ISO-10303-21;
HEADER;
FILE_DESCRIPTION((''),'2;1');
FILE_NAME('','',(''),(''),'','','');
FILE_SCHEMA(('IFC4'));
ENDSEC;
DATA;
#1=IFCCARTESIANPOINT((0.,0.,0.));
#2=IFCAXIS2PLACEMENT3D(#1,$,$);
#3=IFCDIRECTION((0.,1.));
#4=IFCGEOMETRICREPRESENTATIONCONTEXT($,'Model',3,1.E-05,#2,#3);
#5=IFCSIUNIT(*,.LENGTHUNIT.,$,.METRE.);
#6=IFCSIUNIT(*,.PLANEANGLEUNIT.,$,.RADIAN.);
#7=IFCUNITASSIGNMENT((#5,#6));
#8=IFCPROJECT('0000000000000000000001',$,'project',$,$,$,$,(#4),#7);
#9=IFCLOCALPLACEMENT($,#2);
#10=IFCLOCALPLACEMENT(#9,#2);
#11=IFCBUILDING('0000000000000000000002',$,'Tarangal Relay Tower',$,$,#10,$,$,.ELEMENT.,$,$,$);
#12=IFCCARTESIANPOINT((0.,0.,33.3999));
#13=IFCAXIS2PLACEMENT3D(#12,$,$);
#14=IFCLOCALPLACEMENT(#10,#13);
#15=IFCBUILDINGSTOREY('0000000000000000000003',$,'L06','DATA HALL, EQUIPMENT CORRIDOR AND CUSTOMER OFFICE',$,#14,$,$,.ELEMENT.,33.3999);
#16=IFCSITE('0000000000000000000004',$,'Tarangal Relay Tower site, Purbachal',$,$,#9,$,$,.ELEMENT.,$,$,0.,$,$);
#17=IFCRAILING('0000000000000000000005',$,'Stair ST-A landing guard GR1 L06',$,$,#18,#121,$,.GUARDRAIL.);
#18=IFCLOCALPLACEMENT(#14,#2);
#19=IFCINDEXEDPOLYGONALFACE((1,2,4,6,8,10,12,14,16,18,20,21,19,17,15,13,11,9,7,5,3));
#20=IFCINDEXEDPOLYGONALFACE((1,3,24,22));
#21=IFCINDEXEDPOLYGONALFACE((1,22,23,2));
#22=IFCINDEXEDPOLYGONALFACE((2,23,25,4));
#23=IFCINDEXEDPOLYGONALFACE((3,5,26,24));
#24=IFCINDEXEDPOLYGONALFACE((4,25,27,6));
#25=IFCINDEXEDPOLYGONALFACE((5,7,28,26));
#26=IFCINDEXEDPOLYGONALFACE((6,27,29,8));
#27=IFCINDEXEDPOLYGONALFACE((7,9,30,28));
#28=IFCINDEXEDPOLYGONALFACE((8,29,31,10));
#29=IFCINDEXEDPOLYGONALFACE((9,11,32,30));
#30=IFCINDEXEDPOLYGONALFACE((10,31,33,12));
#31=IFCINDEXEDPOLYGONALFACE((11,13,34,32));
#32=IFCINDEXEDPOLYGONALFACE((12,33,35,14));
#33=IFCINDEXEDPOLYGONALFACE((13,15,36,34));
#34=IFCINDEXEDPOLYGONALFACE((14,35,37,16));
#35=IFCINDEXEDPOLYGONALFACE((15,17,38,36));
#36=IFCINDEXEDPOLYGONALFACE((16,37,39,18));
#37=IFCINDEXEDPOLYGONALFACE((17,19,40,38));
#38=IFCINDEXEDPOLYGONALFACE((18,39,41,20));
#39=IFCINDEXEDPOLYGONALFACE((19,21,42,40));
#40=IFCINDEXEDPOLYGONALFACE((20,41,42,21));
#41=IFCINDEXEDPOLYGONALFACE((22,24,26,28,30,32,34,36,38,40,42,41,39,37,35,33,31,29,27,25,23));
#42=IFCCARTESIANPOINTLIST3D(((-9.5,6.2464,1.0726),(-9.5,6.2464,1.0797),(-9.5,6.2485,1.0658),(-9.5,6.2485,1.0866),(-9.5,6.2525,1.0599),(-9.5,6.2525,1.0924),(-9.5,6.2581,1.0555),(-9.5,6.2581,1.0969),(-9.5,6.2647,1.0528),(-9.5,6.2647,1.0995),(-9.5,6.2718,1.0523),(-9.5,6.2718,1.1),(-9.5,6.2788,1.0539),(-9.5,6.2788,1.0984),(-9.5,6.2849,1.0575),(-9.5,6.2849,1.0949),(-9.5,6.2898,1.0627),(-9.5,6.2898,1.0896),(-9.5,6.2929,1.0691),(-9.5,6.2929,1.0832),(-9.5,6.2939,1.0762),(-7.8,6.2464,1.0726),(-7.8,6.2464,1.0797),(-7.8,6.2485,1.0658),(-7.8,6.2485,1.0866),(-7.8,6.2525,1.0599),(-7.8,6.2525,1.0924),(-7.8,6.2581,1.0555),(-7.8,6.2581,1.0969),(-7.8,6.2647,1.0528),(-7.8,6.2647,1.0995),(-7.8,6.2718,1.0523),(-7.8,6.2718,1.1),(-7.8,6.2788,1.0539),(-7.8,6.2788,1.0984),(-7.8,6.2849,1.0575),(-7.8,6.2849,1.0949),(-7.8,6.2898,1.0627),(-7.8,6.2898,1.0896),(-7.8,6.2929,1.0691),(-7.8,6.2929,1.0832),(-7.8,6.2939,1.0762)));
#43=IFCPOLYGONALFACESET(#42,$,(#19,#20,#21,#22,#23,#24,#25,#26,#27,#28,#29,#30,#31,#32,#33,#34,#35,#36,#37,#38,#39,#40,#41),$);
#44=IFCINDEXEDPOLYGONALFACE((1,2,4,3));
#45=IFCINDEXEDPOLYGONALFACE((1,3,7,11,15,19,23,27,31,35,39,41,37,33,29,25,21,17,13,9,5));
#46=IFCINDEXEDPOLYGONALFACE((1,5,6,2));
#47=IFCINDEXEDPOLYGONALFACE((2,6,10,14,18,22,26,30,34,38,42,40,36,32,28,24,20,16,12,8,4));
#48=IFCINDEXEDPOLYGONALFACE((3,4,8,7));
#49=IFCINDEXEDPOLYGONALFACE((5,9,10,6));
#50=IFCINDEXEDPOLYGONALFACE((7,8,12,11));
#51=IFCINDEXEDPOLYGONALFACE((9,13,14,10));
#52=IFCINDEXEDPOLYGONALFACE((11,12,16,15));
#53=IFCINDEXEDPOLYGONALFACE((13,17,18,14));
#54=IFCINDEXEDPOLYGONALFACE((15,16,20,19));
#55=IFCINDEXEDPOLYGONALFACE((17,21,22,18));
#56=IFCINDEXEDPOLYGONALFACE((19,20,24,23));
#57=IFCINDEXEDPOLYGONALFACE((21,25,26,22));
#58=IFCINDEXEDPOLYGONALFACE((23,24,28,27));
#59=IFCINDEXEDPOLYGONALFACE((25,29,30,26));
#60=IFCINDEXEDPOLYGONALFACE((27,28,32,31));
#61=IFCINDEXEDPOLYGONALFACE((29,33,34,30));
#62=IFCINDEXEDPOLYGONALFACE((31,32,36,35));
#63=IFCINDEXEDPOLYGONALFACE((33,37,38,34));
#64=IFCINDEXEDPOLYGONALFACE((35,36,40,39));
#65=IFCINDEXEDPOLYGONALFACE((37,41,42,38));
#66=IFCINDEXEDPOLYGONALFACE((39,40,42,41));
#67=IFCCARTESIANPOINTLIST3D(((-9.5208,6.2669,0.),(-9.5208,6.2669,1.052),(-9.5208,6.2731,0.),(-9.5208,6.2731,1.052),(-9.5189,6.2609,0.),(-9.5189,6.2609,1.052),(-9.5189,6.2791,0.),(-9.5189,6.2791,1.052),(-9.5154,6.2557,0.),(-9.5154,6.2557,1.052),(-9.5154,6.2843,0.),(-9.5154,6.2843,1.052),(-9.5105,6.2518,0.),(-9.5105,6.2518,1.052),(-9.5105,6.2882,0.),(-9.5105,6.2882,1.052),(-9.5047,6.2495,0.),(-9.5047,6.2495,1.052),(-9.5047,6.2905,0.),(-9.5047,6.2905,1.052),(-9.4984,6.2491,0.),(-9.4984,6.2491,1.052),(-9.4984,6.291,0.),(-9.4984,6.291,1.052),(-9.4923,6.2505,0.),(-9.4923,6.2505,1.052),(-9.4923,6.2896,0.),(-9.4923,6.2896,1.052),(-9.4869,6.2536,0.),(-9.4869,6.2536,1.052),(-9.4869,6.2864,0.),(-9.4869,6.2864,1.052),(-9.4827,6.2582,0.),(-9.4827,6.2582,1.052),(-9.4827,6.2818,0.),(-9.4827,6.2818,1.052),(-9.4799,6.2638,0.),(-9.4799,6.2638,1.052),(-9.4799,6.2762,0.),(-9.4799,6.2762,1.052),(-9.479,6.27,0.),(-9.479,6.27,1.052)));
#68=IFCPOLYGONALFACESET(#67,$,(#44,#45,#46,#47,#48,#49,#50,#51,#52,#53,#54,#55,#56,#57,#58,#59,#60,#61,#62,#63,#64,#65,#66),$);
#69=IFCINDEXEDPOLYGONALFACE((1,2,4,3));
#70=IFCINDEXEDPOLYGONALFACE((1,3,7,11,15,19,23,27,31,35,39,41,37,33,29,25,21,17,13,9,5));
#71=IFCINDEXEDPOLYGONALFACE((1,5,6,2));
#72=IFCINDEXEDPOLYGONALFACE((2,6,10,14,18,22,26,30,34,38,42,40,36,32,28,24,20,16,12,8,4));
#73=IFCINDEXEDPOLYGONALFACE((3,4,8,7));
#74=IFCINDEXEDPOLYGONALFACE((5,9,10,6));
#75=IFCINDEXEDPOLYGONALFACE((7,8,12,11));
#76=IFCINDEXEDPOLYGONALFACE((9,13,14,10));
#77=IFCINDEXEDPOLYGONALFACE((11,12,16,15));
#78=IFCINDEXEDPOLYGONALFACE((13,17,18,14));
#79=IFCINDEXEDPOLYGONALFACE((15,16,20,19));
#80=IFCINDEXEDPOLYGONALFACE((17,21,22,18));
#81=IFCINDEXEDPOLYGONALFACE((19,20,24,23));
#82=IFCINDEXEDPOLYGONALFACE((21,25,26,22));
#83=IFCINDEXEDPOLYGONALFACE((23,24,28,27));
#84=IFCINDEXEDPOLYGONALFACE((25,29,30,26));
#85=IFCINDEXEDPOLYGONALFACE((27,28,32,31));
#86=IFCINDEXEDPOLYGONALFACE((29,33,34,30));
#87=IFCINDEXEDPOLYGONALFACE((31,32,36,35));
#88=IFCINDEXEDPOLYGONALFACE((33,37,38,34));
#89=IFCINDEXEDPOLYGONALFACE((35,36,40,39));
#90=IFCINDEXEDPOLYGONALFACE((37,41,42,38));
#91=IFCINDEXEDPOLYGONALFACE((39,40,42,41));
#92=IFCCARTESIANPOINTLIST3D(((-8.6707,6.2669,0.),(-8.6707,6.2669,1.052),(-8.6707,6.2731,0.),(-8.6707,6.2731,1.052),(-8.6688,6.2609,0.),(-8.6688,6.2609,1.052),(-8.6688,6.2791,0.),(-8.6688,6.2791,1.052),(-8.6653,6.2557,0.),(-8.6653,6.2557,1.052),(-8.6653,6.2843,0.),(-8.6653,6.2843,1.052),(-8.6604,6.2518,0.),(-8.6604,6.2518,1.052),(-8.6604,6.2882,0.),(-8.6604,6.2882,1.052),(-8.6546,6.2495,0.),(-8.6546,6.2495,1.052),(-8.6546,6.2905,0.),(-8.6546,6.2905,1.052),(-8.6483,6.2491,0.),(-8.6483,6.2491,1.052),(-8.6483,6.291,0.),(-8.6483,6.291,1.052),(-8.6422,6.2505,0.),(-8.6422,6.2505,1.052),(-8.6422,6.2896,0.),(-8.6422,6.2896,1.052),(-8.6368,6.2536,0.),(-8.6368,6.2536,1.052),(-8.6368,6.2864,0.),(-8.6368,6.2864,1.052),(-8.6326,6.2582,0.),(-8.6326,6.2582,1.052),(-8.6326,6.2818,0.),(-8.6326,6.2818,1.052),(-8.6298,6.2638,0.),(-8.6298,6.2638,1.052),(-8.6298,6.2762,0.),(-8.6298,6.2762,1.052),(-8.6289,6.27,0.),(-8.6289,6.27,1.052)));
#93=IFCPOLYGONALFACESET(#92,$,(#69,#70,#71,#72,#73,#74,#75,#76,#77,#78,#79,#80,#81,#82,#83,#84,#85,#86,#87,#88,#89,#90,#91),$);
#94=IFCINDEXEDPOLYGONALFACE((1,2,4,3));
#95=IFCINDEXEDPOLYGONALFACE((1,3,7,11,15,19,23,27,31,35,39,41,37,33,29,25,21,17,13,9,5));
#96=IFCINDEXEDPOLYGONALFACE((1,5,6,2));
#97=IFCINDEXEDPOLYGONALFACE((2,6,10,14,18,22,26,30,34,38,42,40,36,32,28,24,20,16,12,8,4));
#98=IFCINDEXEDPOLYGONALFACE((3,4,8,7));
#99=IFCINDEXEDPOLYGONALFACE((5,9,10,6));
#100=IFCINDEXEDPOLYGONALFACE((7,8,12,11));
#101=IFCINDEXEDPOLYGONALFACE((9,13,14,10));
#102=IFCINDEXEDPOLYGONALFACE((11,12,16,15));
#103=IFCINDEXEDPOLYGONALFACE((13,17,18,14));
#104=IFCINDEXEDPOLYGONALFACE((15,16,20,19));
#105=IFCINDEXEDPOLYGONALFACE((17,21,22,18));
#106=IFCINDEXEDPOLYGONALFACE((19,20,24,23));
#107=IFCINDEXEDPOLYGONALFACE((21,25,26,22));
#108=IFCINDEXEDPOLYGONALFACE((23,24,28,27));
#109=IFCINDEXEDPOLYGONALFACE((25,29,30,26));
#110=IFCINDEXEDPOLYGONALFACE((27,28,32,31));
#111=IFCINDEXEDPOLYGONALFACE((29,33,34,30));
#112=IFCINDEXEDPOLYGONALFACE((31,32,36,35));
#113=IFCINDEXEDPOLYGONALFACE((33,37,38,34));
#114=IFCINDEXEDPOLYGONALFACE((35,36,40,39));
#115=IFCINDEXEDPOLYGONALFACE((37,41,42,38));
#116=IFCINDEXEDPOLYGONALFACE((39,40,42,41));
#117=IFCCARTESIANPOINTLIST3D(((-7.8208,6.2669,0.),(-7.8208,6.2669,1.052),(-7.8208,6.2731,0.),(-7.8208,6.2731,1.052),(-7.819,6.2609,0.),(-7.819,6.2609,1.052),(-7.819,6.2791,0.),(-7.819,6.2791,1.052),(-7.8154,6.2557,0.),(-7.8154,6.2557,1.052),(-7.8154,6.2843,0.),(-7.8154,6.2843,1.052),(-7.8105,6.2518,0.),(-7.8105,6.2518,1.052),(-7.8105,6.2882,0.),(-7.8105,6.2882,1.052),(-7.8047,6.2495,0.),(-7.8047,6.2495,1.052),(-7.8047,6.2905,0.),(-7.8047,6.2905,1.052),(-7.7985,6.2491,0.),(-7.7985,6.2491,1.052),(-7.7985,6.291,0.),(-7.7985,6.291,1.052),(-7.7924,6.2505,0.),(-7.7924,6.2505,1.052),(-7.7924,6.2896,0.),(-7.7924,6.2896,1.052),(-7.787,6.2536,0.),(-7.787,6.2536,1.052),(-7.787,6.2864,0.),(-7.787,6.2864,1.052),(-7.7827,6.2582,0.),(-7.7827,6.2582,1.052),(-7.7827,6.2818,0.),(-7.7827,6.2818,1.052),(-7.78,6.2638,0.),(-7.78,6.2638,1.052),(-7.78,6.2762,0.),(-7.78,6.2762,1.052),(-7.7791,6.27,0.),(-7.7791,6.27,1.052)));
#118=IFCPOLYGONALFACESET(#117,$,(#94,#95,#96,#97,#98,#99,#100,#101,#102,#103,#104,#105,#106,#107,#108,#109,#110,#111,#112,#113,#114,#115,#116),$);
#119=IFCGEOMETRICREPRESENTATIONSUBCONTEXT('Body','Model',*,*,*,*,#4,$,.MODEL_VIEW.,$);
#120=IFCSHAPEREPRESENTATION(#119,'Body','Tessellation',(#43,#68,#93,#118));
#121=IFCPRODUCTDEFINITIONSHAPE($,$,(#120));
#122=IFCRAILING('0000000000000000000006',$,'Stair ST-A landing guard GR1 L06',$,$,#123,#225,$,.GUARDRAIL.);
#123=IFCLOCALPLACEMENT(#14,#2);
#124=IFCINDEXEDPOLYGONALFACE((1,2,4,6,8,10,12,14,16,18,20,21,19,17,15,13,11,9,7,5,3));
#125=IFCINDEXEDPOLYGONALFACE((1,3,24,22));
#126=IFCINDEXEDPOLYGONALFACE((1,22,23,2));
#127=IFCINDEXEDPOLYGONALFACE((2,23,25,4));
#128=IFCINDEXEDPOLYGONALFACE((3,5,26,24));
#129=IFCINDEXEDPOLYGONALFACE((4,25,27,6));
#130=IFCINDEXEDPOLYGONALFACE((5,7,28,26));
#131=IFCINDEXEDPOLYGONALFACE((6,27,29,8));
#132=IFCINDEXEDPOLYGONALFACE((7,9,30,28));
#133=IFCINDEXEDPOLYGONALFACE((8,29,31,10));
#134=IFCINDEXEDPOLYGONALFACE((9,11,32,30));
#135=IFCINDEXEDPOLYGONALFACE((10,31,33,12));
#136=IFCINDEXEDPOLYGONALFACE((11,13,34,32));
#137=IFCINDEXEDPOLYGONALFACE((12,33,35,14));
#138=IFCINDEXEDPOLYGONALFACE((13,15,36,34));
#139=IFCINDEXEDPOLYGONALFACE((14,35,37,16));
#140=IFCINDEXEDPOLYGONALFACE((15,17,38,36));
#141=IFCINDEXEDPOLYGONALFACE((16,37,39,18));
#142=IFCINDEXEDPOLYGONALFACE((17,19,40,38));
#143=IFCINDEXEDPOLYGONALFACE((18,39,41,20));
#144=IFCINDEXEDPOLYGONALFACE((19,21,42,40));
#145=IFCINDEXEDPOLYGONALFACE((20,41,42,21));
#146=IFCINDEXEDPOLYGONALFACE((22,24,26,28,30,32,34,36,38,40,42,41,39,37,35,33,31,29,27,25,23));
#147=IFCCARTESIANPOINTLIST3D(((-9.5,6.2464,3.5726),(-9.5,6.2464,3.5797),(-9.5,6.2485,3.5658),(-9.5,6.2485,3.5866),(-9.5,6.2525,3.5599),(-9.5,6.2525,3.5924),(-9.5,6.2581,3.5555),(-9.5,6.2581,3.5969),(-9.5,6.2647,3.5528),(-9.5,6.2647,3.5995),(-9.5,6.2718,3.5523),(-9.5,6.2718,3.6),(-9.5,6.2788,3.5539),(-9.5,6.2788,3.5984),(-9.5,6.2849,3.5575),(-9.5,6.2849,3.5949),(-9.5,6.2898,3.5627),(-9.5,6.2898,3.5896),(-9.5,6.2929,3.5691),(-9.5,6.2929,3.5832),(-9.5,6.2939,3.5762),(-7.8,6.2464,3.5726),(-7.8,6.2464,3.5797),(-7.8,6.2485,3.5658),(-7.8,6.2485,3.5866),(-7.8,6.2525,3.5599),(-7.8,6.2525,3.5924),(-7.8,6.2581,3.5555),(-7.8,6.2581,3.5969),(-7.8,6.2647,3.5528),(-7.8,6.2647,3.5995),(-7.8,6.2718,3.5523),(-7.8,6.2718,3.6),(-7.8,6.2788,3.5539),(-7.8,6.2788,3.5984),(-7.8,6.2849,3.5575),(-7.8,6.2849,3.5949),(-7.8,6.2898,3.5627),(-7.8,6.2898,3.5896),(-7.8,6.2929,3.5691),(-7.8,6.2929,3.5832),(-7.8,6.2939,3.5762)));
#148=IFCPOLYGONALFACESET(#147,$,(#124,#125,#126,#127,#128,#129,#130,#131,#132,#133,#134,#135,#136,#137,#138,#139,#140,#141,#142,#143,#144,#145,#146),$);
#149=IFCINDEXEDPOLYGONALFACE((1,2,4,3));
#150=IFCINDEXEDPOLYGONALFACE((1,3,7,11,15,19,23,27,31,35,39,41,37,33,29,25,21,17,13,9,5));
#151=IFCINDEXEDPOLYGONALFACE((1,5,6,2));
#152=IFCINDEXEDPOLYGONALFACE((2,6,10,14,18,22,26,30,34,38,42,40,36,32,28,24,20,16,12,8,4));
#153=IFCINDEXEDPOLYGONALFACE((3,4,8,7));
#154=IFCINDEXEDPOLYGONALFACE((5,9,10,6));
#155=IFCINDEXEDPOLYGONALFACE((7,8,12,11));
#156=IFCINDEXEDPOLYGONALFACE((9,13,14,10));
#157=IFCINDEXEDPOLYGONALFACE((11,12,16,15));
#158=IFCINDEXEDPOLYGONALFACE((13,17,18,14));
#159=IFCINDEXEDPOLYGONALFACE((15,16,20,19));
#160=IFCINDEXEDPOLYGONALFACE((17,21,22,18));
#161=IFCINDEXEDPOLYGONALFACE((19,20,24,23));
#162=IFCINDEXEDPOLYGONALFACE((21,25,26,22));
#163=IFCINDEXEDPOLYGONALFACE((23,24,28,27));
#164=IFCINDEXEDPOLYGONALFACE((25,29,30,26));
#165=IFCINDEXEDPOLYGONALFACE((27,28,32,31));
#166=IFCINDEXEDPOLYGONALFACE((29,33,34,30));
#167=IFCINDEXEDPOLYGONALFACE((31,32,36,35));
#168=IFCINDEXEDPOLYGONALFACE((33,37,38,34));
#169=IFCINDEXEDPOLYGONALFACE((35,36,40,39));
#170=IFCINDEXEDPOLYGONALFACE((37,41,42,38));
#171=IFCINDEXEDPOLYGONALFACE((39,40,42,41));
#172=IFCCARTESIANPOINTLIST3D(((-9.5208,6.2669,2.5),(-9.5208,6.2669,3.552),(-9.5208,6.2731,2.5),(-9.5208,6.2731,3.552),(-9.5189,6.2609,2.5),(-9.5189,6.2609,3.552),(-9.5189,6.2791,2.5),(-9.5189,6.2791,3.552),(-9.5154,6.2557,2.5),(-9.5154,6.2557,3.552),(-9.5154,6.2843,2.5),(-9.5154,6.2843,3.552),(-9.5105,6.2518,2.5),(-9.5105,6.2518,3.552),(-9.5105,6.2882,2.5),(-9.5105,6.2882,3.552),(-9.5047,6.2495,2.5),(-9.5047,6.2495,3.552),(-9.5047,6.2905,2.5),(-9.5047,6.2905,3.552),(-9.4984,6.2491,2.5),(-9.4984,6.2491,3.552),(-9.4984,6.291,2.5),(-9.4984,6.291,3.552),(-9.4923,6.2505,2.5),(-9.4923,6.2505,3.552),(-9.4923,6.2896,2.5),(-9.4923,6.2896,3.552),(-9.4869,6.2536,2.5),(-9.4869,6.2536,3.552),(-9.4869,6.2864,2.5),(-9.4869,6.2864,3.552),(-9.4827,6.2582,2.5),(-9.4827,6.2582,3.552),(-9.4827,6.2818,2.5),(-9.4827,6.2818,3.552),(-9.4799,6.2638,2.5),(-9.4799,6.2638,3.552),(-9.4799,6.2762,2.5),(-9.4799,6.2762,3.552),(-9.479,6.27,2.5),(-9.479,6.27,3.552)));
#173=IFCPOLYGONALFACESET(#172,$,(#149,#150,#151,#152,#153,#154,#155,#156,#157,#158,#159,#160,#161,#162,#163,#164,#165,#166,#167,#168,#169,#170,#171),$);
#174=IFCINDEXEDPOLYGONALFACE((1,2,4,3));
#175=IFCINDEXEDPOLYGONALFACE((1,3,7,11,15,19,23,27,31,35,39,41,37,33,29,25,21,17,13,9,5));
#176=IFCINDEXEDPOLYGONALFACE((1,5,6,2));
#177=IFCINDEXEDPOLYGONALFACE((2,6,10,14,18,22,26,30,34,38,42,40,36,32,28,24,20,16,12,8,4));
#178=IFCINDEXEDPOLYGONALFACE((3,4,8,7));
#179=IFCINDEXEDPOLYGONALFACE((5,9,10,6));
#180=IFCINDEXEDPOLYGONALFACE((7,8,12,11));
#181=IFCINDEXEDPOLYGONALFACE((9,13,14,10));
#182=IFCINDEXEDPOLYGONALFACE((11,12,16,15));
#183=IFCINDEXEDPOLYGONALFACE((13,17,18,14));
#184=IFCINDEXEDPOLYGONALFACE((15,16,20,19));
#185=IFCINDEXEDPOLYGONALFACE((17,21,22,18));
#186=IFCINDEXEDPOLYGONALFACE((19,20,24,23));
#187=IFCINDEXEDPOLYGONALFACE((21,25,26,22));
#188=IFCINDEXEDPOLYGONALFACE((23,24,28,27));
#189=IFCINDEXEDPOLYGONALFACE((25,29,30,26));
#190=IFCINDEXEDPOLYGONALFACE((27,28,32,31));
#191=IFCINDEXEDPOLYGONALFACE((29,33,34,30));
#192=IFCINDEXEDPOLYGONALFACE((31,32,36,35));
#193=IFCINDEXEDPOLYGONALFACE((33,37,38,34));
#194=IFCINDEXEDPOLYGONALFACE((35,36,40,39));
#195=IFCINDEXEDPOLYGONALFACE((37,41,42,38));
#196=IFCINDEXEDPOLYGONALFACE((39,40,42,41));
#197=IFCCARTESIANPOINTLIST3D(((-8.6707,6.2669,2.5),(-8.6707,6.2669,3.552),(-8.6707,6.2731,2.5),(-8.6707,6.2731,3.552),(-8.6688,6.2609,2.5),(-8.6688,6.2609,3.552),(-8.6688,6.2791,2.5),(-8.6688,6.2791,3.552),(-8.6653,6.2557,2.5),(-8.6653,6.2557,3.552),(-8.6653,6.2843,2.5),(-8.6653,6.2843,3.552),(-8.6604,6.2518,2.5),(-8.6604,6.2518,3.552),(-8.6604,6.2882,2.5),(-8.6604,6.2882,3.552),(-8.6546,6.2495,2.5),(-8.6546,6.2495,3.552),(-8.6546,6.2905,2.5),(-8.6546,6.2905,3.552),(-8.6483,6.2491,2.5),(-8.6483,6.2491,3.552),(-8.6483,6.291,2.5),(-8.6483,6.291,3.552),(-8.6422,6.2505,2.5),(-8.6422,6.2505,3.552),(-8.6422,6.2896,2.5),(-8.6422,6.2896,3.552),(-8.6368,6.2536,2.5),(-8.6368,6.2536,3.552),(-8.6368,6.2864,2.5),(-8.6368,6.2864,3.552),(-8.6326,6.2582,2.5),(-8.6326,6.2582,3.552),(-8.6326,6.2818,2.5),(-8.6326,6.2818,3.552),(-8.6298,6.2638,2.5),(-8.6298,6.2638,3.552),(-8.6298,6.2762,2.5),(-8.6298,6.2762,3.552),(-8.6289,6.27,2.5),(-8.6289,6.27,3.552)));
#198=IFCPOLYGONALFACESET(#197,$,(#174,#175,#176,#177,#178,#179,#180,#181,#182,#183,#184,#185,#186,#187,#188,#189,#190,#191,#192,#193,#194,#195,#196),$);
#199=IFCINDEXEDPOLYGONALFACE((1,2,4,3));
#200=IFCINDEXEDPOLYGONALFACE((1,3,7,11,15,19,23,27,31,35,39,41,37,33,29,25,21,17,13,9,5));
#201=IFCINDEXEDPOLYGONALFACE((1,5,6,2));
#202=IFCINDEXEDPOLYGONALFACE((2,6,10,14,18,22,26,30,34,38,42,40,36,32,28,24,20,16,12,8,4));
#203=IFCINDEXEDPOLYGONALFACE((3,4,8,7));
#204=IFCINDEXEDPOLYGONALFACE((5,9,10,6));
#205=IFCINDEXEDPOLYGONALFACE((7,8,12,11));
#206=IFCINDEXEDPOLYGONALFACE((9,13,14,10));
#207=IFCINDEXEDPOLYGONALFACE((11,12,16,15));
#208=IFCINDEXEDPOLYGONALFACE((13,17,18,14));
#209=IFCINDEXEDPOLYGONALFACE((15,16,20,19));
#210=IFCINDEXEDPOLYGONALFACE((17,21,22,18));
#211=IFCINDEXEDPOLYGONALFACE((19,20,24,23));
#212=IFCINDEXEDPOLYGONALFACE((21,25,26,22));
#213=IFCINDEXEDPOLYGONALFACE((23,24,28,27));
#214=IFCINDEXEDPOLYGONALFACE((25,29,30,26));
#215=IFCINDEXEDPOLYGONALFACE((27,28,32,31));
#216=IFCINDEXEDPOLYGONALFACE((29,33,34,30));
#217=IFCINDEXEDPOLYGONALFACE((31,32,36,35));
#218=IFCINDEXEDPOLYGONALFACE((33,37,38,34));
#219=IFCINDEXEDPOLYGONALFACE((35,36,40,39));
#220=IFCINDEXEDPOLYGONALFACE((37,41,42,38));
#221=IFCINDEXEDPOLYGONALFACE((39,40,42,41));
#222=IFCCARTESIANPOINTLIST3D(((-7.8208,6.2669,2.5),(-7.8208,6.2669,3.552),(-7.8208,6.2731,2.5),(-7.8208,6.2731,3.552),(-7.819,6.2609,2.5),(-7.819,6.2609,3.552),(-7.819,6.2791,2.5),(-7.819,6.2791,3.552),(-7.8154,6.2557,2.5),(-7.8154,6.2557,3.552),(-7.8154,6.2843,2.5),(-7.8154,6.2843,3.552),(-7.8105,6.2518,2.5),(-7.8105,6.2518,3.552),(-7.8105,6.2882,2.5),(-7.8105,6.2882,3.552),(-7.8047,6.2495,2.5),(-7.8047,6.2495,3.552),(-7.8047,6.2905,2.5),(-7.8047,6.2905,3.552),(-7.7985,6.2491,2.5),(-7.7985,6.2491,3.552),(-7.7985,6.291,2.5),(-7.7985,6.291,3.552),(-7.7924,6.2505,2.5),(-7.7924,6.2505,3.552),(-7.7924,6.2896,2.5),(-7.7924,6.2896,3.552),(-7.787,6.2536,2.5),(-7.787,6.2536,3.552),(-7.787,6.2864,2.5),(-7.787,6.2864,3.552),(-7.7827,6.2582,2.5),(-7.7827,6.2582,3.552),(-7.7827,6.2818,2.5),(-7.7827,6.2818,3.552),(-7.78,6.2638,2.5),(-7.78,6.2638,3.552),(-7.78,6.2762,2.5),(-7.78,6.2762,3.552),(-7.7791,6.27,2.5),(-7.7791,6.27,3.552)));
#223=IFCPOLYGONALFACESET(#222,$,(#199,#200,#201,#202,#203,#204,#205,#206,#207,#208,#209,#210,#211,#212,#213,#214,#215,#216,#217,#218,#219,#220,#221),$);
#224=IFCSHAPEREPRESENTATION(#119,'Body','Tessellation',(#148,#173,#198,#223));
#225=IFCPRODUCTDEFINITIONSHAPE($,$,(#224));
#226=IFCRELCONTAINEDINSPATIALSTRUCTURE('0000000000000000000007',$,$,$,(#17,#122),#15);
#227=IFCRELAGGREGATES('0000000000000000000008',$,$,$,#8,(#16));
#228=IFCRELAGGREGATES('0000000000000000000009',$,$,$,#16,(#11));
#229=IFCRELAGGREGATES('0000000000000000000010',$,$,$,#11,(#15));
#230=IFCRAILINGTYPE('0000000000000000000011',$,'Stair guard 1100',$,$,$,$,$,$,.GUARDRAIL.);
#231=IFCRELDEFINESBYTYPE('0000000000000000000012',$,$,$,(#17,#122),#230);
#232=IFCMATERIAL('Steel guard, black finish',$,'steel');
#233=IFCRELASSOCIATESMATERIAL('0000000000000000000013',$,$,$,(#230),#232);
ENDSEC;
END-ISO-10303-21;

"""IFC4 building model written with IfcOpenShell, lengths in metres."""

from ifc_helpers import new_model, si_unit, direction, frame, origin, origin_2d, place, context, subcontext, project, spatial, circle, extrude, material, type_object, element, save


model = new_model("IFC4")

# Units and contexts
model_context = context("Model", 3, precision=1e-05, world=origin(), true_north=direction((0.0, 1.0)))
body_context = subcontext(model_context, "Body", "Model", "MODEL_VIEW")
ifc_project = project(units=[si_unit("LENGTHUNIT", "METRE"), si_unit("PLANEANGLEUNIT", "RADIAN")], contexts=[model_context])

# Site, building, storey
site_placement = place(None, origin())
site = spatial("IfcSite", under=ifc_project, at=site_placement, Name="Tarangal Relay Tower site, Purbachal", CompositionType="ELEMENT", RefElevation=0.0)
building_placement = place(site_placement, origin())
building = spatial("IfcBuilding", under=site, at=building_placement, Name="Tarangal Relay Tower", CompositionType="ELEMENT")
storey_placement = place(building_placement, frame((0.0, 0.0, 33.3999)))
storey = spatial("IfcBuildingStorey", under=building, at=storey_placement, Name="L06", Description="DATA HALL, EQUIPMENT CORRIDOR AND CUSTOMER OFFICE", CompositionType="ELEMENT", Elevation=33.3999)

# Railings
ifc_material_1 = material(Name="Steel guard, black finish", Category="steel")
railing_type = type_object("IfcRailingType", Name="Stair guard 1100", PredefinedType="GUARDRAIL", material=ifc_material_1)
for number, where, name in (
    (1, (-9.5, 6.27, 0.0), "Stair ST-A landing guard GR1 L06"),
    (2, (-9.5, 6.27, 2.5), "Stair ST-A landing guard GR1 L06"),
):
    element("IfcRailing", number, at=place(storey_placement, frame(where)), inside=storey, type_object=railing_type, Name=name, PredefinedType="GUARDRAIL", context=body_context, shape_type="SweptSolid", body=[
        extrude(circle(Radius=0.0239, at=origin_2d()), frame((0.0, 0.0, 1.0762), z_axis=(1.0, 0.0, 0.0), x_axis=(0.0, 1.0, 0.0)), (0.0, 0.0, 1.0), 1.7),
        extrude(circle(Radius=0.021, at=origin_2d()), origin(), (0.0, 0.0, 1.0), 1.052),
        extrude(circle(Radius=0.021, at=origin_2d()), frame((0.8501, 0.0, 0.0)), (0.0, 0.0, 1.0), 1.052),
        extrude(circle(Radius=0.021, at=origin_2d()), frame((1.7, 0.0, 0.0)), (0.0, 0.0, 1.0), 1.052),
    ])

save(model, "model.ifc")
